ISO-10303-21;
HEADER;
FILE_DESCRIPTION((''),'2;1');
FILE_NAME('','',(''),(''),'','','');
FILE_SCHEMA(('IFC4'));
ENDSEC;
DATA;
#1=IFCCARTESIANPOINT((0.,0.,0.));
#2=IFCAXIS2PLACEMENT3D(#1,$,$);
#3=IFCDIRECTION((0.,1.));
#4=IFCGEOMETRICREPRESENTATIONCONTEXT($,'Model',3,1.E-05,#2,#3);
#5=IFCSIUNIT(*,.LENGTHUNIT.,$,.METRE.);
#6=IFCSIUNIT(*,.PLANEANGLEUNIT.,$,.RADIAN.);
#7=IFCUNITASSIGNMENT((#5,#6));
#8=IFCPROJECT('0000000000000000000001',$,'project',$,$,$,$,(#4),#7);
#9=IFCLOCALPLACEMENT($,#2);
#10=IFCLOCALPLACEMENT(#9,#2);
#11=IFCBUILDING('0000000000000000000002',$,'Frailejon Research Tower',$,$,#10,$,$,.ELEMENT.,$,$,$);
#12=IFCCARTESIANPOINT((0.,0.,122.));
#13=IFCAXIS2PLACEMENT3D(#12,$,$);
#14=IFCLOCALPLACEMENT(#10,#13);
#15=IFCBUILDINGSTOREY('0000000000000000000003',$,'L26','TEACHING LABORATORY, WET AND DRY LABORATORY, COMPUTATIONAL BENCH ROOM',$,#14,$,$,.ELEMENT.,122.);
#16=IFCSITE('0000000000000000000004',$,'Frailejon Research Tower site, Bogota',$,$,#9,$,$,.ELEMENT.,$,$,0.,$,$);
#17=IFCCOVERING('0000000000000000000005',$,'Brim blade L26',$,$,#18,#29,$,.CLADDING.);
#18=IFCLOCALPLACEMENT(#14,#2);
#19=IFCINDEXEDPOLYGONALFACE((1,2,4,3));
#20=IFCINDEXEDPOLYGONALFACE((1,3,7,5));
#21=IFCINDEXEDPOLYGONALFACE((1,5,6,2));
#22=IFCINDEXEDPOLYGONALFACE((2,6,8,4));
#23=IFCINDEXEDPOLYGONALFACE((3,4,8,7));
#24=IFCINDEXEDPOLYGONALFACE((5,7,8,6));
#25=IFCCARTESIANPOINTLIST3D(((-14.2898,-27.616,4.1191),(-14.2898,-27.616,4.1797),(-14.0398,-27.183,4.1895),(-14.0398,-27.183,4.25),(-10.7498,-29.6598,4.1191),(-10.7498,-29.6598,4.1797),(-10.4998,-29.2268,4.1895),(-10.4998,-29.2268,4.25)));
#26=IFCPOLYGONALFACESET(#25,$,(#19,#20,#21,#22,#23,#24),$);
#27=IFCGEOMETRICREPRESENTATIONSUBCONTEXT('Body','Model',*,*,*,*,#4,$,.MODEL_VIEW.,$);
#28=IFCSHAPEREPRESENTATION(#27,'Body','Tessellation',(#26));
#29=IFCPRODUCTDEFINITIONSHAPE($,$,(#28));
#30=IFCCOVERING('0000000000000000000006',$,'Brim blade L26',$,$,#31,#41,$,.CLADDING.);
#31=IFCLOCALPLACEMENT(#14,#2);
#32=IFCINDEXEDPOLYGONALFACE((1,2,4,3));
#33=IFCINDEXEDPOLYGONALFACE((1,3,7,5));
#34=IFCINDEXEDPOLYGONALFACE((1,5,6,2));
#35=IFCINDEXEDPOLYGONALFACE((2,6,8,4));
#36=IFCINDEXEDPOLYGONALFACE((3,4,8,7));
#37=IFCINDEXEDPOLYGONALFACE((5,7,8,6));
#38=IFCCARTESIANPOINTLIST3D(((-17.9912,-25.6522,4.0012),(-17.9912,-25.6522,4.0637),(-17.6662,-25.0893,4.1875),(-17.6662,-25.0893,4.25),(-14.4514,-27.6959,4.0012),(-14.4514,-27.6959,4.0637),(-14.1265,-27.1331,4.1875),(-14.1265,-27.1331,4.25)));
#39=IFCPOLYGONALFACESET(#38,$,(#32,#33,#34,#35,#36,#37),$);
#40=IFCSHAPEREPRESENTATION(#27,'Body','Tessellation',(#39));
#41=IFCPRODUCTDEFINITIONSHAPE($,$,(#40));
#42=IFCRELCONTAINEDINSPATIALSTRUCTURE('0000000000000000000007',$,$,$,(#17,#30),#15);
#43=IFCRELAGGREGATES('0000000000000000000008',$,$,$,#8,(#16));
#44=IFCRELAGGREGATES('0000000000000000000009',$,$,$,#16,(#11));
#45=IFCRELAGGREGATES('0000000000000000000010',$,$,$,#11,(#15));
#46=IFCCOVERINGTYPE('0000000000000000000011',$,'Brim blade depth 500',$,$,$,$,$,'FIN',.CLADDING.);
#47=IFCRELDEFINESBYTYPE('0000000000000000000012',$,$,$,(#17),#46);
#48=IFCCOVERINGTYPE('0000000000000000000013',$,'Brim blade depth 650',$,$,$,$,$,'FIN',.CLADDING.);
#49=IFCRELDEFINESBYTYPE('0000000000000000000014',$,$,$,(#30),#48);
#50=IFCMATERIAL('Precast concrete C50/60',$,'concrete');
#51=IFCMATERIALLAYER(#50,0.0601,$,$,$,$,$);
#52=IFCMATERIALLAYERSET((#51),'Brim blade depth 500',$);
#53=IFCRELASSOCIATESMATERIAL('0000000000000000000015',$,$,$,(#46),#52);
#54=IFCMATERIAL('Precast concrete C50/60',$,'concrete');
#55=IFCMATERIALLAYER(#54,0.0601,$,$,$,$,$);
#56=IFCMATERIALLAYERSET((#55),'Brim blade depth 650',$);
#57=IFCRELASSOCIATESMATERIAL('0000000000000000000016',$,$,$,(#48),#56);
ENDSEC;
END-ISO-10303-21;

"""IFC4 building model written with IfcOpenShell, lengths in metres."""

from ifc_helpers import new_model, si_unit, direction, frame, origin, place, context, subcontext, project, spatial, polyline, outline, extrude, material, layer, layer_set, type_object, element, save


model = new_model("IFC4")

# Units and contexts
model_context = context("Model", 3, precision=1e-05, world=origin(), true_north=direction((0.0, 1.0)))
body_context = subcontext(model_context, "Body", "Model", "MODEL_VIEW")
ifc_project = project(units=[si_unit("LENGTHUNIT", "METRE"), si_unit("PLANEANGLEUNIT", "RADIAN")], contexts=[model_context])

# Site, building, storey
site_placement = place(None, origin())
site = spatial("IfcSite", under=ifc_project, at=site_placement, Name="Frailejon Research Tower site, Bogota", CompositionType="ELEMENT", RefElevation=0.0)
building_placement = place(site_placement, origin())
building = spatial("IfcBuilding", under=site, at=building_placement, Name="Frailejon Research Tower", CompositionType="ELEMENT")
storey_placement = place(building_placement, frame((0.0, 0.0, 122.0)))
storey = spatial("IfcBuildingStorey", under=building, at=storey_placement, Name="L26", Description="TEACHING LABORATORY, WET AND DRY LABORATORY, COMPUTATIONAL BENCH ROOM", CompositionType="ELEMENT", Elevation=122.0)

# Coverings
ifc_material_1 = material(Name="Precast concrete C50/60", Category="concrete")
ifc_layer_1 = layer(ifc_material_1, 0.0601)
ifc_layer_set_1 = layer_set([ifc_layer_1], Name="Brim blade depth 500")
covering_type_1 = type_object("IfcCoveringType", Name="Brim blade depth 500", ElementType="FIN", PredefinedType="CLADDING", material=ifc_layer_set_1)
covering_1_placement = place(storey_placement, frame((-10.4998, -29.2268, 4.25), z_axis=(-0.866027, 0.499997, 0.0), x_axis=(-0.499997, -0.866027, 0.0)))
element("IfcCovering", 1, at=covering_1_placement, inside=storey, type_object=covering_type_1, Name="Brim blade L26", PredefinedType="CLADDING", context=body_context, shape_type="SweptSolid", body=[
    extrude(outline(polyline([(0.0, -0.0605), (0.5, -0.1309), (0.5, -0.0703), (0.0, 0.0), (0.0, -0.0605)])), origin(), (0.0, 0.0, 1.0), 4.0876),
])
ifc_material_2 = material(Name="Precast concrete C50/60", Category="concrete")
ifc_layer_2 = layer(ifc_material_2, 0.0601)
ifc_layer_set_2 = layer_set([ifc_layer_2], Name="Brim blade depth 650")
covering_type_2 = type_object("IfcCoveringType", Name="Brim blade depth 650", ElementType="FIN", PredefinedType="CLADDING", material=ifc_layer_set_2)
covering_2_placement = place(storey_placement, frame((-14.1265, -27.1331, 4.25), z_axis=(-0.866021, 0.500007, 0.0), x_axis=(-0.500007, -0.866021, 0.0)))
element("IfcCovering", 2, at=covering_2_placement, inside=storey, type_object=covering_type_2, Name="Brim blade L26", PredefinedType="CLADDING", context=body_context, shape_type="SweptSolid", body=[
    extrude(outline(polyline([(0.0, -0.0625), (0.6499, -0.2488), (0.6499, -0.1863), (0.0, 0.0), (0.0, -0.0625)])), origin(), (0.0, 0.0, 1.0), 4.0874),
])

save(model, "model.ifc")
